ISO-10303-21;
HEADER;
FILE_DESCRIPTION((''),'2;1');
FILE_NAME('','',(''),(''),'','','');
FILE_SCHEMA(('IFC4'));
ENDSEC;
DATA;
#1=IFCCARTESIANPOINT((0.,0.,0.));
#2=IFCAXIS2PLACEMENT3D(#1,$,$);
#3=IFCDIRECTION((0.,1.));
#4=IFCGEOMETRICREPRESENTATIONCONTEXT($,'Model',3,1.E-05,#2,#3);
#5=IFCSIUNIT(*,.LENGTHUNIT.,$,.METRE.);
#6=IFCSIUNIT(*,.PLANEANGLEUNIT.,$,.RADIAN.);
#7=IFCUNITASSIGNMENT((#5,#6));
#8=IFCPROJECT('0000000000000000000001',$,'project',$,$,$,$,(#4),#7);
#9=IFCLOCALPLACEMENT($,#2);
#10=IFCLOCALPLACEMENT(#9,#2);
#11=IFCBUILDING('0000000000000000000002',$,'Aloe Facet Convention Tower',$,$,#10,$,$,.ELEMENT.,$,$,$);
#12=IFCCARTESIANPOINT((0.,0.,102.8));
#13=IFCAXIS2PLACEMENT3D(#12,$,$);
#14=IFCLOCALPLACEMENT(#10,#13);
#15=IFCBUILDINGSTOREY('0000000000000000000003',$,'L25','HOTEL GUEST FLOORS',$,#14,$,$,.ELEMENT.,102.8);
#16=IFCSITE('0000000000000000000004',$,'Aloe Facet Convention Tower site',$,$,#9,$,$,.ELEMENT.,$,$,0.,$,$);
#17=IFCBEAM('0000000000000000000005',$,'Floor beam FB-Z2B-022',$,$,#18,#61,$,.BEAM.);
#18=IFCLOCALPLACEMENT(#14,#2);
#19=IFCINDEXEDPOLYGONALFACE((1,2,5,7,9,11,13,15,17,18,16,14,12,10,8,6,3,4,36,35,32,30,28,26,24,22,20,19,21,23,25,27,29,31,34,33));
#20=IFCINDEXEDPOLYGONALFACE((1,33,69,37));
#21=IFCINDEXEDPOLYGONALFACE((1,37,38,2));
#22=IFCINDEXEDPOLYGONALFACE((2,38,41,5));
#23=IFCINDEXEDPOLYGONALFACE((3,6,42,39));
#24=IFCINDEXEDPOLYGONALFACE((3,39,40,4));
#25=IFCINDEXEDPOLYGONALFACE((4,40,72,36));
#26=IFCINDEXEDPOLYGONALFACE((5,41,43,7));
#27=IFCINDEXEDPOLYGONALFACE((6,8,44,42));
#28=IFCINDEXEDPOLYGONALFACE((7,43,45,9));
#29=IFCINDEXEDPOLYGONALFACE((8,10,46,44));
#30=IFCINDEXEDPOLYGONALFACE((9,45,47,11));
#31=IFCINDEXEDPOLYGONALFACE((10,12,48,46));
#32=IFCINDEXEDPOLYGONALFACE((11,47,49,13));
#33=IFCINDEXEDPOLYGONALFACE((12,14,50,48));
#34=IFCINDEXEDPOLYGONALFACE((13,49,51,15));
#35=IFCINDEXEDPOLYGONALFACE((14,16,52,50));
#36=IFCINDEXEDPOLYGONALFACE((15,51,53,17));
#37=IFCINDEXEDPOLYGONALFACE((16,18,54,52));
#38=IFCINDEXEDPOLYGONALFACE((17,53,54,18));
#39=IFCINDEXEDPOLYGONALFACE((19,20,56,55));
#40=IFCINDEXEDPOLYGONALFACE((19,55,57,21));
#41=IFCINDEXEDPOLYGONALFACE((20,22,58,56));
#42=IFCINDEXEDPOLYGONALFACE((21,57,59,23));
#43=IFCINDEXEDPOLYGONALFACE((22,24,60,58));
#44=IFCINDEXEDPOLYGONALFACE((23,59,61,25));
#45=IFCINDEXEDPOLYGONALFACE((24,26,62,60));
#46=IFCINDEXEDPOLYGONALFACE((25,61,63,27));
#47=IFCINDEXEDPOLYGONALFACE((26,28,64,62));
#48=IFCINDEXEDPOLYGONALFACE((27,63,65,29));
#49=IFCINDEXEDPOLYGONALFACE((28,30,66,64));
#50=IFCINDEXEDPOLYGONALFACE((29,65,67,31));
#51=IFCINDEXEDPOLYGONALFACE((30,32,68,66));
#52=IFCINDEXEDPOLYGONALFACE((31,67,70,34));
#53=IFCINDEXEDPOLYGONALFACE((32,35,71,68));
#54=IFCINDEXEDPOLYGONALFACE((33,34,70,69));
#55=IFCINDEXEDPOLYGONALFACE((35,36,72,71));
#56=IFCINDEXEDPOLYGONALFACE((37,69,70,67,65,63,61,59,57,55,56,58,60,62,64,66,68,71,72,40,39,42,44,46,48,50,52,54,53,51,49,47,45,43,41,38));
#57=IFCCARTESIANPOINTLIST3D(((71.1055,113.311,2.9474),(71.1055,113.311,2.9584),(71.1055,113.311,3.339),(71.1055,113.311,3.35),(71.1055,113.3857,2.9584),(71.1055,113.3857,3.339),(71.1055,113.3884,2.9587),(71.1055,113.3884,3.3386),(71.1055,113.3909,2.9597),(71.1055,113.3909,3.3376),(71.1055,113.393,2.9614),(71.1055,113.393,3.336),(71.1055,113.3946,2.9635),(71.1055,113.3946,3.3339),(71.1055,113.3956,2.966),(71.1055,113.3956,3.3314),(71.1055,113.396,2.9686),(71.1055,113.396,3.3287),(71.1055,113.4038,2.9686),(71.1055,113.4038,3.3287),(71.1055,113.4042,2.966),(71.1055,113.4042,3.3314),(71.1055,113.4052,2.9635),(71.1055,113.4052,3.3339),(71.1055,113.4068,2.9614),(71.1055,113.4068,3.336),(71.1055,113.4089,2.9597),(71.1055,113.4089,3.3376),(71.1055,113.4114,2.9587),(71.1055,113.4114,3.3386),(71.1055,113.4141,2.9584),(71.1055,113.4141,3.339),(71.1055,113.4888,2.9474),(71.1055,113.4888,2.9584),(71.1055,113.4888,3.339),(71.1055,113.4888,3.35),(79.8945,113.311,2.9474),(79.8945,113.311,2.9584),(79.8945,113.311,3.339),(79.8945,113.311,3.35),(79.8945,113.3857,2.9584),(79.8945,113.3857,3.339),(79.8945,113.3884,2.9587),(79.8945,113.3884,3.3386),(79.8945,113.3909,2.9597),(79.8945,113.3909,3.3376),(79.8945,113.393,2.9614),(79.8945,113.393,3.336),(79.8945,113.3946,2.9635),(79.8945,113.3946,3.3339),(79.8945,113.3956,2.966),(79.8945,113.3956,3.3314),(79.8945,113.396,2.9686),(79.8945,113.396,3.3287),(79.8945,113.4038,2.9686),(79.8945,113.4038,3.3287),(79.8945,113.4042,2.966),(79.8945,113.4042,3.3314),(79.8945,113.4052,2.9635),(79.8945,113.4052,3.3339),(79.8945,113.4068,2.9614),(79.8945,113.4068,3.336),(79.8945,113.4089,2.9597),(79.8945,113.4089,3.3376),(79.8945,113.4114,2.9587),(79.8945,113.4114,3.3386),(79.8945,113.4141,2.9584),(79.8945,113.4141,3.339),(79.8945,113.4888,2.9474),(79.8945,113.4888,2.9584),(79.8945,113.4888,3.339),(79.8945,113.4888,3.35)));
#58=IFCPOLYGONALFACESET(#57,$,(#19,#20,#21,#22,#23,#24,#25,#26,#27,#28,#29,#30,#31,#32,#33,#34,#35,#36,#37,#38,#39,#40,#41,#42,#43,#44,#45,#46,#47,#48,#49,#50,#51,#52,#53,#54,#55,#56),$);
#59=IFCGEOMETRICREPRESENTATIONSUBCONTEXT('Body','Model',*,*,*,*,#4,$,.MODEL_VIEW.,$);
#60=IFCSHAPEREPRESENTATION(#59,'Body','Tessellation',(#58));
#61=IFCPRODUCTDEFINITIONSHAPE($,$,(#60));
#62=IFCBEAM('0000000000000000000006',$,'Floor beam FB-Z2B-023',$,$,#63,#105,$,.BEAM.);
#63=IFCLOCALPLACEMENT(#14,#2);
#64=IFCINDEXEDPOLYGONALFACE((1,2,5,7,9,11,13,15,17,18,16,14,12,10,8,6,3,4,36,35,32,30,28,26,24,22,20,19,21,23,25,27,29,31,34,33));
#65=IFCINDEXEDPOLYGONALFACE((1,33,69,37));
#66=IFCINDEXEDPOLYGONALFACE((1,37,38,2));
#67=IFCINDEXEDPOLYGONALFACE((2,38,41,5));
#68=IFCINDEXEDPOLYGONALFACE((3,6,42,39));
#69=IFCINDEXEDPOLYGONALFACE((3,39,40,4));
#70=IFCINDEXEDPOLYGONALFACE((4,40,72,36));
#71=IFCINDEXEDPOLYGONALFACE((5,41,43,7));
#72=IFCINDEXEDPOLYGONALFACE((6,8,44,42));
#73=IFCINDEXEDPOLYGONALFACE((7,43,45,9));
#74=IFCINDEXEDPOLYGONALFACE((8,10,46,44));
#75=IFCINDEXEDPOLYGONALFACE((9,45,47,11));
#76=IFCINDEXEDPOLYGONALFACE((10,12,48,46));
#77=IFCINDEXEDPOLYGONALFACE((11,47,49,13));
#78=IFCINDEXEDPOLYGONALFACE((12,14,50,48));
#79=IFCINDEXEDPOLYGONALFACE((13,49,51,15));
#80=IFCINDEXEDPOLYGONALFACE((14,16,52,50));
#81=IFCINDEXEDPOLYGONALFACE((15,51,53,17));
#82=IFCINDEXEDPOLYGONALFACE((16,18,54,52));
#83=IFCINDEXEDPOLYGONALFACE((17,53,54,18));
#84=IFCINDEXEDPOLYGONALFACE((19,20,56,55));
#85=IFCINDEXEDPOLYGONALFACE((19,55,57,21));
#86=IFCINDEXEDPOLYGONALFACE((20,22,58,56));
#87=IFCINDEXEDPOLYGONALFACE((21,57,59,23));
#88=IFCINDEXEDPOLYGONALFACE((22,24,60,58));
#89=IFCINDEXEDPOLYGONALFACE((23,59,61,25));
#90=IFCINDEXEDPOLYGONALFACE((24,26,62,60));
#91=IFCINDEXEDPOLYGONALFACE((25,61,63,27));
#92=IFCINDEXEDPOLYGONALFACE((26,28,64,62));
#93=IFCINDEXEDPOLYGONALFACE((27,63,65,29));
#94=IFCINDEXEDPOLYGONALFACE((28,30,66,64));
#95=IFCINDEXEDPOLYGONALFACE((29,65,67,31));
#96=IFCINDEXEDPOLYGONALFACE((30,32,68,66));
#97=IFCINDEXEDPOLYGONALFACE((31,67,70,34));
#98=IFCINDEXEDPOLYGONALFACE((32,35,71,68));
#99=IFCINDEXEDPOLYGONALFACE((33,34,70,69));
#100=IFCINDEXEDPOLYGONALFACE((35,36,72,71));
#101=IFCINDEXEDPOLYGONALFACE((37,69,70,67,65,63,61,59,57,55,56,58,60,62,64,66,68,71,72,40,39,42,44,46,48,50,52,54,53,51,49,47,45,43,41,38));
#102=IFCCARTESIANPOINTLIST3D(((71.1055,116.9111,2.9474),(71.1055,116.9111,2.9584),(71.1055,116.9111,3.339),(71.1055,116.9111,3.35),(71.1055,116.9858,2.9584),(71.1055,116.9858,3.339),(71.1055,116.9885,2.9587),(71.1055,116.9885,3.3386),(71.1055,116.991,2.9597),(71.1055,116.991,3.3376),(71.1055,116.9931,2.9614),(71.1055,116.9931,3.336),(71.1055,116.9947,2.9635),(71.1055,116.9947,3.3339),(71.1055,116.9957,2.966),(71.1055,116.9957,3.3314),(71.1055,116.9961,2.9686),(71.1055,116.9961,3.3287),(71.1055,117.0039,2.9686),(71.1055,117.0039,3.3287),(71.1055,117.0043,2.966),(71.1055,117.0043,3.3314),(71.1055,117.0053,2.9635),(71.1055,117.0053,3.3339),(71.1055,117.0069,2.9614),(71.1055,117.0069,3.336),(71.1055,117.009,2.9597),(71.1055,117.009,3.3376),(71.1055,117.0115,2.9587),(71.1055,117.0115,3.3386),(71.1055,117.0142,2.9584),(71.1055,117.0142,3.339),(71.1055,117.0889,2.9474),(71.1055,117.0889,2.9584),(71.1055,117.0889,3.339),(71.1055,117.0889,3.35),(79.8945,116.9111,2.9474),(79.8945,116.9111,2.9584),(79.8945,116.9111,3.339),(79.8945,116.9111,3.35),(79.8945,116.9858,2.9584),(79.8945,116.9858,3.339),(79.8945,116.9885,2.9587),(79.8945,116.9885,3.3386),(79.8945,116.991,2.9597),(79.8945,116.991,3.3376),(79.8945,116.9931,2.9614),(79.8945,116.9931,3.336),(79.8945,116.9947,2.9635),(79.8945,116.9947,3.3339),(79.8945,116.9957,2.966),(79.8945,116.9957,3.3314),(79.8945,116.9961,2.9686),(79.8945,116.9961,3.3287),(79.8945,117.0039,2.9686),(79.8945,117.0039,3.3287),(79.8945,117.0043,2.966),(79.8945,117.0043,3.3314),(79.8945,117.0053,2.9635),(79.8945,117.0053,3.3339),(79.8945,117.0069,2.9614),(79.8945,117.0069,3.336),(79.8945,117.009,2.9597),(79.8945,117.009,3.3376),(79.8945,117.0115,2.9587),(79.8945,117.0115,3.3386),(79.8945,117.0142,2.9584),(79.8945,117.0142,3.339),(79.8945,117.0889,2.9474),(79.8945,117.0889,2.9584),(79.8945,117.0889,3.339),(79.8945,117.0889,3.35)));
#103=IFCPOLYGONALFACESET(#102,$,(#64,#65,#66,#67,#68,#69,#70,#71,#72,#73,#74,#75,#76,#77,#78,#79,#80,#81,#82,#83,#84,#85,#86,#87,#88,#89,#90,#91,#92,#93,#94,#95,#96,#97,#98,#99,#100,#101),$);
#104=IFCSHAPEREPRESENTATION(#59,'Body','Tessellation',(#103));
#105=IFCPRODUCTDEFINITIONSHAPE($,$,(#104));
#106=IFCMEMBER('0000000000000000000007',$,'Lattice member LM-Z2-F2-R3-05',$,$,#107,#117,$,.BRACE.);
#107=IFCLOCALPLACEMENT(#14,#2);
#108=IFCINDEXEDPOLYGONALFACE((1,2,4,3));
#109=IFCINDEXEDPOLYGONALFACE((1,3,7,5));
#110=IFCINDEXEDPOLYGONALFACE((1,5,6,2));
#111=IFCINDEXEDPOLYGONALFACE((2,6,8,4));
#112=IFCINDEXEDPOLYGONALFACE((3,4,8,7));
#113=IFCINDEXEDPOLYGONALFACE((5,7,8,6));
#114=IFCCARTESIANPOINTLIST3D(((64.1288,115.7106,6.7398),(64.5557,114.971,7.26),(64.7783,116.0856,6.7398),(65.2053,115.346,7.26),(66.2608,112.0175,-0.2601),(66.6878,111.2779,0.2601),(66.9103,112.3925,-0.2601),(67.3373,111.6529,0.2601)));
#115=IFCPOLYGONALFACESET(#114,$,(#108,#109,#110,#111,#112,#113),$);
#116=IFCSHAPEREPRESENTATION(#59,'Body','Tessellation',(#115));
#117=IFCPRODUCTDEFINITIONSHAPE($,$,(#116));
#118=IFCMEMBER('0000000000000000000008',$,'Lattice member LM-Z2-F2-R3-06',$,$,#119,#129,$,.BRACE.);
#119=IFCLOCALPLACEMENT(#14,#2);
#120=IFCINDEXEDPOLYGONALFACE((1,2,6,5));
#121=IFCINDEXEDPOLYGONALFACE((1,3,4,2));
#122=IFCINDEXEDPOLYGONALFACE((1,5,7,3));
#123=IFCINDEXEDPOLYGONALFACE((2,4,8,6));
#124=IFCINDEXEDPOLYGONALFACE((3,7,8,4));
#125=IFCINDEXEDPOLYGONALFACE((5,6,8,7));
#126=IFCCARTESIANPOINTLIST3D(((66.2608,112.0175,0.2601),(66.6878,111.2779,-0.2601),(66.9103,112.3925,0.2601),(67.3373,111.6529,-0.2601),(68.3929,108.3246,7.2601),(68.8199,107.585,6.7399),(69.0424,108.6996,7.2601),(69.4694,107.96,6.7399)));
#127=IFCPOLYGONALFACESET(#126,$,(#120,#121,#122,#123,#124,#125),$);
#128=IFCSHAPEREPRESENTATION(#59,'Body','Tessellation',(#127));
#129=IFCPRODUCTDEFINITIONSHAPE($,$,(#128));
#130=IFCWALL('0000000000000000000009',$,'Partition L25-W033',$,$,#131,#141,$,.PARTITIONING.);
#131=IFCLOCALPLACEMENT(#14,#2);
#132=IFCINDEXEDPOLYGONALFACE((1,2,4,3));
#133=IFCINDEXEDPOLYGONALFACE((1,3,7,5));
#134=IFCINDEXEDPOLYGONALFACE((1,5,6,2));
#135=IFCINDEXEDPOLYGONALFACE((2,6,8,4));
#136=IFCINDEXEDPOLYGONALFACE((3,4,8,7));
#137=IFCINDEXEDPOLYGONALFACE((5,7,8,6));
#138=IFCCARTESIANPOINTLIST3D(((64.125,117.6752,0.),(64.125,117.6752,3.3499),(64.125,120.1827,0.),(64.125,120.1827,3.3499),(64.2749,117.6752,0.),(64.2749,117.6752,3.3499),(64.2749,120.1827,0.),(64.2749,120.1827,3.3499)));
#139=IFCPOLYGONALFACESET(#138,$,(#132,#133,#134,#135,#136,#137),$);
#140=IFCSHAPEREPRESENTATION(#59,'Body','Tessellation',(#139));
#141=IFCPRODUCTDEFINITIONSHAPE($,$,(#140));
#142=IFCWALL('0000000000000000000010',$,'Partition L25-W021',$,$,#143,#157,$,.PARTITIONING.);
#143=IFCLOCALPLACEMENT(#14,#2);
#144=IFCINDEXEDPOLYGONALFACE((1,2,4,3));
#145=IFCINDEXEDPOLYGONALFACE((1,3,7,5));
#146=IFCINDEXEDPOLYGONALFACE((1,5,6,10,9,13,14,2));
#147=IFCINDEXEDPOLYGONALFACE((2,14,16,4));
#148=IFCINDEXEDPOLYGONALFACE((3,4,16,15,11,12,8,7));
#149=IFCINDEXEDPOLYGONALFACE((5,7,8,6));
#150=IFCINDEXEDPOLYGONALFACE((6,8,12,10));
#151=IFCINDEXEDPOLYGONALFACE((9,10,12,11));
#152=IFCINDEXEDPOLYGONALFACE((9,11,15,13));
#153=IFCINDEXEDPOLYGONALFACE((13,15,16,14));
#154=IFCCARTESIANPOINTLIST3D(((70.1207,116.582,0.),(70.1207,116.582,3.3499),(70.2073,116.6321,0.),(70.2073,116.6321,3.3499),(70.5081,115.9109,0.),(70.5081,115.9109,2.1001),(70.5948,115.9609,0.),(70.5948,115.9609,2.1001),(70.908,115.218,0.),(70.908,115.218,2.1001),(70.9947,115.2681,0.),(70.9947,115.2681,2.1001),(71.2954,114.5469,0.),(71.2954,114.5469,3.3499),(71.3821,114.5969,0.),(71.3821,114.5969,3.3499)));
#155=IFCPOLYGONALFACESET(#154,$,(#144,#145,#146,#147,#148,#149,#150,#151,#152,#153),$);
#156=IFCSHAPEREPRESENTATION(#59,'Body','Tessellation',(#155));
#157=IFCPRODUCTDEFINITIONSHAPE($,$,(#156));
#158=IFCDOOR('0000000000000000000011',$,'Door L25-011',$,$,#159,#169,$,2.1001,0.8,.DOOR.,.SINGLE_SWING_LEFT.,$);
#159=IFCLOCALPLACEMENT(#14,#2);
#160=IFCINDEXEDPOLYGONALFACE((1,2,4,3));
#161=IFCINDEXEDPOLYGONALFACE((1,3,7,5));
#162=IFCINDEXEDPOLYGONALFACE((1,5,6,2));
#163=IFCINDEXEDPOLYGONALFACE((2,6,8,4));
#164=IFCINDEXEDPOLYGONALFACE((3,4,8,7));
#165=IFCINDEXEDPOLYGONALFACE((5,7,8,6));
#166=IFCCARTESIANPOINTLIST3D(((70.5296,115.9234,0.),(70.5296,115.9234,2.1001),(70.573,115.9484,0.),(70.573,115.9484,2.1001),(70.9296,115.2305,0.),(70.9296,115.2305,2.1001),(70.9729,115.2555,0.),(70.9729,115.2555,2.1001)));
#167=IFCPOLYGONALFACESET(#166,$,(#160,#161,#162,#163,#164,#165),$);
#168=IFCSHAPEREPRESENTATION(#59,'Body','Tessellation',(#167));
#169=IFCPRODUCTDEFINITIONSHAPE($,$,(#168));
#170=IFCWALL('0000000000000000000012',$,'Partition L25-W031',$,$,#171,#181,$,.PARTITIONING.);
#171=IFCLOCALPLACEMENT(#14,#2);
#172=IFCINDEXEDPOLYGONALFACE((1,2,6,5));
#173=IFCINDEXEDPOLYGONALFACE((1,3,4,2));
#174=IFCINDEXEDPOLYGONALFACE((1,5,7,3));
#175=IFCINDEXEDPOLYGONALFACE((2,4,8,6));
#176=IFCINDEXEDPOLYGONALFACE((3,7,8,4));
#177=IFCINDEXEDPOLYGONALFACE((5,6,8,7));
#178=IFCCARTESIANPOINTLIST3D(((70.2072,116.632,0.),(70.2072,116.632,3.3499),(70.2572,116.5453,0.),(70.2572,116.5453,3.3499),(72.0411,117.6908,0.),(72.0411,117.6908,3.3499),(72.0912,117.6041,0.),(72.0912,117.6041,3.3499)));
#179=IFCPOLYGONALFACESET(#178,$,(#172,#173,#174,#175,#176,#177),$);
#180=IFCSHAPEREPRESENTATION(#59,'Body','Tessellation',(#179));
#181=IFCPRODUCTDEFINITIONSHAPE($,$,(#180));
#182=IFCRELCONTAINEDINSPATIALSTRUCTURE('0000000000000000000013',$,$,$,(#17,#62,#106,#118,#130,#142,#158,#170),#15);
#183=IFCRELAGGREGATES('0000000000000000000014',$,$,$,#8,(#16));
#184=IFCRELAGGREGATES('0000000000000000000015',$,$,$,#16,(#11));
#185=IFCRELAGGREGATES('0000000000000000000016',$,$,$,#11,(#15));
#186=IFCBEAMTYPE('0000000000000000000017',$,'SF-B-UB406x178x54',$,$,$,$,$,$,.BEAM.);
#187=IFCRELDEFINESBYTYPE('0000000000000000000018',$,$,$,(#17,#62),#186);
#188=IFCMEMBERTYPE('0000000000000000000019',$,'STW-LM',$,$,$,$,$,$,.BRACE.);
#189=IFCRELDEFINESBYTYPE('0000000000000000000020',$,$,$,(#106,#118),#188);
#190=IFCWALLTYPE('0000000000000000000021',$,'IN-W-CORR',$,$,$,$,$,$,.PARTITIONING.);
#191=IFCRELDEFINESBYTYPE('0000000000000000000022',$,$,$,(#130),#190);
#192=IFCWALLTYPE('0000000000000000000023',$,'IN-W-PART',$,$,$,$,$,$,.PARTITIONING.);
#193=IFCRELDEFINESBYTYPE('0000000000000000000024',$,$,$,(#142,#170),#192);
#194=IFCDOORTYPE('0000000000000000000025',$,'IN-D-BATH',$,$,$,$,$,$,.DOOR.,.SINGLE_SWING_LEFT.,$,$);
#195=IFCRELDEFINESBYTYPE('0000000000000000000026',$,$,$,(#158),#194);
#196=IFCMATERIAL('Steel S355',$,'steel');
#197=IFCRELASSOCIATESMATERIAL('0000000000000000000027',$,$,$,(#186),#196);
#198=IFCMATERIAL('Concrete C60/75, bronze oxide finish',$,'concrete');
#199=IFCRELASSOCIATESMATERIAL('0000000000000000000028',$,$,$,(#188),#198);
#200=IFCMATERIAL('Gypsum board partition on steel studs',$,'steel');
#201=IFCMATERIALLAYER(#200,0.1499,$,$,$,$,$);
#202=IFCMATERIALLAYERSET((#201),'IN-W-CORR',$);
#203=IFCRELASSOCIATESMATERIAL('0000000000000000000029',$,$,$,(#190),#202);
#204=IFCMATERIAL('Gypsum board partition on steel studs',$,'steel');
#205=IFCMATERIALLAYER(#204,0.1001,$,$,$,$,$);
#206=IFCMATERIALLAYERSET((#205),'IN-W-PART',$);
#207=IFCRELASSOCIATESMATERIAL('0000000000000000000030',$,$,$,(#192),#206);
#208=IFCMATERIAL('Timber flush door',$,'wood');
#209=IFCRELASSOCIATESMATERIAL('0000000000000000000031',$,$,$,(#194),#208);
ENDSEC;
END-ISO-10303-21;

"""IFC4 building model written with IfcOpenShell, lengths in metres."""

from ifc_helpers import new_model, si_unit, direction, frame, frame_2d, origin, origin_2d, place, context, subcontext, project, spatial, rectangle, i_section, extrude, material, layer, layer_set, material_profile, profile_set, type_object, element, fill, save


model = new_model("IFC4")

# Units and contexts
model_context = context("Model", 3, precision=1e-05, world=origin(), true_north=direction((0.0, 1.0)))
body_context = subcontext(model_context, "Body", "Model", "MODEL_VIEW")
ifc_project = project(units=[si_unit("LENGTHUNIT", "METRE"), si_unit("PLANEANGLEUNIT", "RADIAN")], contexts=[model_context])

# Site, building, storey
site_placement = place(None, origin())
site = spatial("IfcSite", under=ifc_project, at=site_placement, Name="Aloe Facet Convention Tower site", CompositionType="ELEMENT", RefElevation=0.0)
building_placement = place(site_placement, origin())
building = spatial("IfcBuilding", under=site, at=building_placement, Name="Aloe Facet Convention Tower", CompositionType="ELEMENT")
storey_placement = place(building_placement, frame((0.0, 0.0, 102.8)))
storey = spatial("IfcBuildingStorey", under=building, at=storey_placement, Name="L25", Description="HOTEL GUEST FLOORS", CompositionType="ELEMENT", Elevation=102.8)

# Beams
ifc_material_1 = material(Name="Steel S355", Category="steel")
ifc_material_profile_1 = material_profile(ifc_material_1, i_section(OverallWidth=0.1777, OverallDepth=0.4026, WebThickness=0.0078, FlangeThickness=0.011, FilletRadius=0.0103, at=origin_2d()), Name="UB 406x178x54")
ifc_profile_set_1 = profile_set([ifc_material_profile_1], Name="Steel S355")
beam_type = type_object("IfcBeamType", Name="SF-B-UB406x178x54", PredefinedType="BEAM", material=ifc_profile_set_1)
for number, where, z_axis, x_axis, name in (
    (1, (71.1055, 113.3999, 3.1487), (1.0, 0.0, 0.0), (0.0, 1.0, 0.0), "Floor beam FB-Z2B-022"),
    (2, (71.1055, 117.0, 3.1487), (1.0, 0.0, 0.0), (0.0, 1.0, 0.0), "Floor beam FB-Z2B-023"),
):
    element("IfcBeam", number, at=place(storey_placement, frame(where, z_axis=z_axis, x_axis=x_axis)), inside=storey, type_object=beam_type, Name=name, PredefinedType="BEAM", context=body_context, shape_type="SweptSolid", body=[
        extrude(i_section(OverallWidth=0.1777, OverallDepth=0.4026, WebThickness=0.0078, FlangeThickness=0.011, FilletRadius=0.0103, at=origin_2d()), origin(), (0.0, 0.0, 1.0), 8.7891),
    ])

# Members
ifc_material_2 = material(Name="Concrete C60/75, bronze oxide finish", Category="concrete")
ifc_material_profile_2 = material_profile(ifc_material_2, rectangle(XDim=0.75, YDim=1.0, at=origin_2d()), Name="STW-LM")
ifc_profile_set_2 = profile_set([ifc_material_profile_2], Name="Concrete C60/75, bronze oxide finish")
member_type_1 = type_object("IfcMemberType", Name="STW-LM", PredefinedType="BRACE", material=ifc_profile_set_2)
for number, where, z_axis, x_axis, name in (
    (3, (66.7991, 111.8352, 0.0), (-0.260116, 0.450565, 0.854009), (-0.86604, -0.499975, 0.0), "Lattice member LM-Z2-F2-R3-05"),
    (4, (66.7991, 111.8352, 0.0), (0.26012, -0.450541, 0.85402), (0.866025, 0.5, 0.0), "Lattice member LM-Z2-F2-R3-06"),
):
    element("IfcMember", number, at=place(storey_placement, frame(where, z_axis=z_axis, x_axis=x_axis)), inside=storey, type_object=member_type_1, Name=name, PredefinedType="BRACE", context=body_context, shape_type="SweptSolid", body=[
        extrude(rectangle(XDim=0.75, YDim=1.0, at=origin_2d()), origin(), (0.0, 0.0, 1.0), 8.1965),
    ])

# Wall
ifc_material_3 = material(Name="Gypsum board partition on steel studs", Category="steel")
ifc_layer_1 = layer(ifc_material_3, 0.1499)
ifc_layer_set_1 = layer_set([ifc_layer_1], Name="IN-W-CORR")
wall_type_1 = type_object("IfcWallType", Name="IN-W-CORR", PredefinedType="PARTITIONING", material=ifc_layer_set_1)
wall_1_placement = place(storey_placement, frame((64.2, 117.675, 0.0), z_axis=(0.0, 0.0, 1.0), x_axis=(0.0, 1.0, 0.0)))
element("IfcWall", 5, at=wall_1_placement, inside=storey, type_object=wall_type_1, Name="Partition L25-W033", PredefinedType="PARTITIONING", context=body_context, shape_type="SweptSolid", body=[
    extrude(rectangle(XDim=2.5076, YDim=0.1499, at=frame_2d((1.2539, 0.0))), origin(), (0.0, 0.0, 1.0), 3.3499),
])

# Wall, opening, door
ifc_material_4 = material(Name="Gypsum board partition on steel studs", Category="steel")
ifc_layer_2 = layer(ifc_material_4, 0.1001)
ifc_layer_set_2 = layer_set([ifc_layer_2], Name="IN-W-PART")
wall_type_2 = type_object("IfcWallType", Name="IN-W-PART", PredefinedType="PARTITIONING", material=ifc_layer_set_2)
wall_2_placement = place(storey_placement, frame((70.1641, 116.6069, 0.0), z_axis=(0.0, 0.0, 1.0), x_axis=(0.499938, -0.866061, 0.0)))
wall_2 = element("IfcWall", 6, at=wall_2_placement, inside=storey, type_object=wall_type_2, Name="Partition L25-W021", PredefinedType="PARTITIONING", context=body_context, shape_type="SweptSolid", body=[
    extrude(rectangle(XDim=2.3499, YDim=0.1001, at=frame_2d((1.1748, 0.0))), origin(), (0.0, 0.0, 1.0), 3.3499),
])
opening_placement = place(wall_2_placement, frame((0.7749, 0.0, 0.0)))
opening = element("IfcOpeningElement", 7, at=opening_placement, cuts=wall_2, PredefinedType="OPENING", context=body_context, shape_type="SweptSolid", body=[
    extrude(rectangle(XDim=0.8, YDim=2.1001, at=frame_2d((0.3999, 1.05))), frame((0.0, 0.0601, 0.0), z_axis=(0.0, -1.0, 0.0), x_axis=(1.0, 0.0, 0.0)), (0.0, 0.0, 1.0), 0.1201),
])
ifc_material_5 = material(Name="Timber flush door", Category="wood")
door_type = type_object("IfcDoorType", Name="IN-D-BATH", OperationType="SINGLE_SWING_LEFT", PredefinedType="DOOR", material=ifc_material_5)
door_placement = place(opening_placement, origin())
door = element("IfcDoor", 8, at=door_placement, inside=storey, type_object=door_type, Name="Door L25-011", OperationType="SINGLE_SWING_LEFT", OverallHeight=2.1001, OverallWidth=0.8, PredefinedType="DOOR", context=body_context, shape_type="SweptSolid", body=[
    extrude(rectangle(XDim=0.8, YDim=2.1001, at=frame_2d((0.3999, 1.05))), frame((0.0, 0.0249, 0.0), z_axis=(0.0, -1.0, 0.0), x_axis=(1.0, 0.0, 0.0)), (0.0, 0.0, 1.0), 0.05),
])
fill(opening, door)

# Wall
wall_3_placement = place(storey_placement, frame((70.2322, 116.5886, 0.0), z_axis=(0.0, 0.0, 1.0), x_axis=(0.866028, 0.499995, 0.0)))
element("IfcWall", 9, at=wall_3_placement, inside=storey, type_object=wall_type_2, Name="Partition L25-W031", PredefinedType="PARTITIONING", context=body_context, shape_type="SweptSolid", body=[
    extrude(rectangle(XDim=2.1177, YDim=0.1001, at=frame_2d((1.0588, 0.0))), origin(), (0.0, 0.0, 1.0), 3.3499),
])

save(model, "model.ifc")
